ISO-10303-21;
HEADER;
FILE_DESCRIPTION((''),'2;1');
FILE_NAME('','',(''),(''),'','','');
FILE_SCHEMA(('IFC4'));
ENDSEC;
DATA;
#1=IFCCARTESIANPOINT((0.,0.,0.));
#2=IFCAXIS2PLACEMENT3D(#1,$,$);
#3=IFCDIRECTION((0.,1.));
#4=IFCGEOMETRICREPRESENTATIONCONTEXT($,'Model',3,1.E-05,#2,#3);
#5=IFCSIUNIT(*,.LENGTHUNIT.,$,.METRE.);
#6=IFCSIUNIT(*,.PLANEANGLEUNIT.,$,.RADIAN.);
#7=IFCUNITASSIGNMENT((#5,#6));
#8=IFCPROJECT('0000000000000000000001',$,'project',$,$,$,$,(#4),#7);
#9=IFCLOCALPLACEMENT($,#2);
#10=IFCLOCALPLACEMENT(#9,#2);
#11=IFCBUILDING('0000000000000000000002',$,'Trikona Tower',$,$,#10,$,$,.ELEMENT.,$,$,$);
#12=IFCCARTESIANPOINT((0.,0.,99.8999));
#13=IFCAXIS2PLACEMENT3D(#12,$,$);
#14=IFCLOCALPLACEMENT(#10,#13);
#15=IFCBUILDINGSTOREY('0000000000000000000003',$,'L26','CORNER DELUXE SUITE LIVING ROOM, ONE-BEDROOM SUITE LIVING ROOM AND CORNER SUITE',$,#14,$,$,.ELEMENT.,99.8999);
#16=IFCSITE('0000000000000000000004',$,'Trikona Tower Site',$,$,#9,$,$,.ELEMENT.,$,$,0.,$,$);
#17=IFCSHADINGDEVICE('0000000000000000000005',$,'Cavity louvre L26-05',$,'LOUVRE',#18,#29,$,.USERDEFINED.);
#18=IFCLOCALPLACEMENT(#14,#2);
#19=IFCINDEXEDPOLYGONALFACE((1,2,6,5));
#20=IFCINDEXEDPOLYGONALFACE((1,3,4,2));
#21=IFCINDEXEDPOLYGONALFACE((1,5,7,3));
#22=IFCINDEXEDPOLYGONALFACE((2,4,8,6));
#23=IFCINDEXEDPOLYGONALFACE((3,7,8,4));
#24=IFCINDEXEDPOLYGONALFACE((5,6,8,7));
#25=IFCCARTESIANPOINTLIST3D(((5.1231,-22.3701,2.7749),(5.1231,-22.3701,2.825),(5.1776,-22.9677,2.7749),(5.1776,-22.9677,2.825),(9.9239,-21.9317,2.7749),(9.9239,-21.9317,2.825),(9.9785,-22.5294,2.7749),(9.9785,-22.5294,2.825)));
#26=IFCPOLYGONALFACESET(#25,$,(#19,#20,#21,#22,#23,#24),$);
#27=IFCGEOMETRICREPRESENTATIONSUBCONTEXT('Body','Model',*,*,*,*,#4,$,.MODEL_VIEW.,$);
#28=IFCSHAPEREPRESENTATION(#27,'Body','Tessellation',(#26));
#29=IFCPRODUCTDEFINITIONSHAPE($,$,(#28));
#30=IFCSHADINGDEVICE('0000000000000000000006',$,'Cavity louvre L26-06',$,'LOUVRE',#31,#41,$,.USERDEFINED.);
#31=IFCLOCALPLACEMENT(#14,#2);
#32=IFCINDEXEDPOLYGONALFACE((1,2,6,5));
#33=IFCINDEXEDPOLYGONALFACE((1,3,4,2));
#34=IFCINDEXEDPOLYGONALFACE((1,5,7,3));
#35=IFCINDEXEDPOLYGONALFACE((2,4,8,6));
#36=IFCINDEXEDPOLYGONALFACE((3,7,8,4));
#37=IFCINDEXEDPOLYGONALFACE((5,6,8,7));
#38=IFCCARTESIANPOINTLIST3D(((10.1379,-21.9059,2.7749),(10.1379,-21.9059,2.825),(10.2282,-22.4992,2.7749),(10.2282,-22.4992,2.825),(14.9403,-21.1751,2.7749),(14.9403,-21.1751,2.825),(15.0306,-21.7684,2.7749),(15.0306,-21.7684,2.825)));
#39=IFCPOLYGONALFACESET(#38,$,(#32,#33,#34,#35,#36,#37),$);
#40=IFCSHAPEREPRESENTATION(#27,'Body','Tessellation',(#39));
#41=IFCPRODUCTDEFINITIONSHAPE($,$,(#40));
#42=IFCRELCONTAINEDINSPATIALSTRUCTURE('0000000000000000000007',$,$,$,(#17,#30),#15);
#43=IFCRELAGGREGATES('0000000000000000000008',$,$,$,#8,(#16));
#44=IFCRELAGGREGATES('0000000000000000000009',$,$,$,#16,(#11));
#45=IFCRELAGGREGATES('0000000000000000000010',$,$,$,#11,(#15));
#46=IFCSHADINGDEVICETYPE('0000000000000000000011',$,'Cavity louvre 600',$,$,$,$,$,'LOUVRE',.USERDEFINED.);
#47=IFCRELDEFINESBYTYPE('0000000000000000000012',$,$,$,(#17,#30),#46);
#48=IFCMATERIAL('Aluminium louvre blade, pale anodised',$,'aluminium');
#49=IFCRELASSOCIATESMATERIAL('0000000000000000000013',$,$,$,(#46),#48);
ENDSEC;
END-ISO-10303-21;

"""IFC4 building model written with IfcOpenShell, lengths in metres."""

from ifc_helpers import new_model, si_unit, direction, frame, origin, origin_2d, place, context, subcontext, project, spatial, rectangle, extrude, material, type_object, element, save


model = new_model("IFC4")

# Units and contexts
model_context = context("Model", 3, precision=1e-05, world=origin(), true_north=direction((0.0, 1.0)))
body_context = subcontext(model_context, "Body", "Model", "MODEL_VIEW")
ifc_project = project(units=[si_unit("LENGTHUNIT", "METRE"), si_unit("PLANEANGLEUNIT", "RADIAN")], contexts=[model_context])

# Site, building, storey
site_placement = place(None, origin())
site = spatial("IfcSite", under=ifc_project, at=site_placement, Name="Trikona Tower Site", CompositionType="ELEMENT", RefElevation=0.0)
building_placement = place(site_placement, origin())
building = spatial("IfcBuilding", under=site, at=building_placement, Name="Trikona Tower", CompositionType="ELEMENT")
storey_placement = place(building_placement, frame((0.0, 0.0, 99.8999)))
storey = spatial("IfcBuildingStorey", under=building, at=storey_placement, Name="L26", Description="CORNER DELUXE SUITE LIVING ROOM, ONE-BEDROOM SUITE LIVING ROOM AND CORNER SUITE", CompositionType="ELEMENT", Elevation=99.8999)

# Shading devices
ifc_material_1 = material(Name="Aluminium louvre blade, pale anodised", Category="aluminium")
shading_device_type = type_object("IfcShadingDeviceType", Name="Cavity louvre 600", ElementType="LOUVRE", PredefinedType="USERDEFINED", material=ifc_material_1)
shading_device_1_placement = place(storey_placement, frame((7.5508, -22.4497, 2.7749), z_axis=(0.0, 0.0, 1.0), x_axis=(0.995858, 0.090921, 0.0)))
element("IfcShadingDevice", 1, at=shading_device_1_placement, inside=storey, type_object=shading_device_type, Name="Cavity louvre L26-05", ObjectType="LOUVRE", PredefinedType="USERDEFINED", context=body_context, shape_type="SweptSolid", body=[
    extrude(rectangle(XDim=4.8208, YDim=0.6001, at=origin_2d()), origin(), (0.0, 0.0, 1.0), 0.05),
])
shading_device_2_placement = place(storey_placement, frame((12.5842, -21.8372, 2.7749), z_axis=(0.0, 0.0, 1.0), x_axis=(0.988618, 0.150448, 0.0)))
element("IfcShadingDevice", 2, at=shading_device_2_placement, inside=storey, type_object=shading_device_type, Name="Cavity louvre L26-06", ObjectType="LOUVRE", PredefinedType="USERDEFINED", context=body_context, shape_type="SweptSolid", body=[
    extrude(rectangle(XDim=4.8577, YDim=0.6001, at=origin_2d()), origin(), (0.0, 0.0, 1.0), 0.05),
])

save(model, "model.ifc")
